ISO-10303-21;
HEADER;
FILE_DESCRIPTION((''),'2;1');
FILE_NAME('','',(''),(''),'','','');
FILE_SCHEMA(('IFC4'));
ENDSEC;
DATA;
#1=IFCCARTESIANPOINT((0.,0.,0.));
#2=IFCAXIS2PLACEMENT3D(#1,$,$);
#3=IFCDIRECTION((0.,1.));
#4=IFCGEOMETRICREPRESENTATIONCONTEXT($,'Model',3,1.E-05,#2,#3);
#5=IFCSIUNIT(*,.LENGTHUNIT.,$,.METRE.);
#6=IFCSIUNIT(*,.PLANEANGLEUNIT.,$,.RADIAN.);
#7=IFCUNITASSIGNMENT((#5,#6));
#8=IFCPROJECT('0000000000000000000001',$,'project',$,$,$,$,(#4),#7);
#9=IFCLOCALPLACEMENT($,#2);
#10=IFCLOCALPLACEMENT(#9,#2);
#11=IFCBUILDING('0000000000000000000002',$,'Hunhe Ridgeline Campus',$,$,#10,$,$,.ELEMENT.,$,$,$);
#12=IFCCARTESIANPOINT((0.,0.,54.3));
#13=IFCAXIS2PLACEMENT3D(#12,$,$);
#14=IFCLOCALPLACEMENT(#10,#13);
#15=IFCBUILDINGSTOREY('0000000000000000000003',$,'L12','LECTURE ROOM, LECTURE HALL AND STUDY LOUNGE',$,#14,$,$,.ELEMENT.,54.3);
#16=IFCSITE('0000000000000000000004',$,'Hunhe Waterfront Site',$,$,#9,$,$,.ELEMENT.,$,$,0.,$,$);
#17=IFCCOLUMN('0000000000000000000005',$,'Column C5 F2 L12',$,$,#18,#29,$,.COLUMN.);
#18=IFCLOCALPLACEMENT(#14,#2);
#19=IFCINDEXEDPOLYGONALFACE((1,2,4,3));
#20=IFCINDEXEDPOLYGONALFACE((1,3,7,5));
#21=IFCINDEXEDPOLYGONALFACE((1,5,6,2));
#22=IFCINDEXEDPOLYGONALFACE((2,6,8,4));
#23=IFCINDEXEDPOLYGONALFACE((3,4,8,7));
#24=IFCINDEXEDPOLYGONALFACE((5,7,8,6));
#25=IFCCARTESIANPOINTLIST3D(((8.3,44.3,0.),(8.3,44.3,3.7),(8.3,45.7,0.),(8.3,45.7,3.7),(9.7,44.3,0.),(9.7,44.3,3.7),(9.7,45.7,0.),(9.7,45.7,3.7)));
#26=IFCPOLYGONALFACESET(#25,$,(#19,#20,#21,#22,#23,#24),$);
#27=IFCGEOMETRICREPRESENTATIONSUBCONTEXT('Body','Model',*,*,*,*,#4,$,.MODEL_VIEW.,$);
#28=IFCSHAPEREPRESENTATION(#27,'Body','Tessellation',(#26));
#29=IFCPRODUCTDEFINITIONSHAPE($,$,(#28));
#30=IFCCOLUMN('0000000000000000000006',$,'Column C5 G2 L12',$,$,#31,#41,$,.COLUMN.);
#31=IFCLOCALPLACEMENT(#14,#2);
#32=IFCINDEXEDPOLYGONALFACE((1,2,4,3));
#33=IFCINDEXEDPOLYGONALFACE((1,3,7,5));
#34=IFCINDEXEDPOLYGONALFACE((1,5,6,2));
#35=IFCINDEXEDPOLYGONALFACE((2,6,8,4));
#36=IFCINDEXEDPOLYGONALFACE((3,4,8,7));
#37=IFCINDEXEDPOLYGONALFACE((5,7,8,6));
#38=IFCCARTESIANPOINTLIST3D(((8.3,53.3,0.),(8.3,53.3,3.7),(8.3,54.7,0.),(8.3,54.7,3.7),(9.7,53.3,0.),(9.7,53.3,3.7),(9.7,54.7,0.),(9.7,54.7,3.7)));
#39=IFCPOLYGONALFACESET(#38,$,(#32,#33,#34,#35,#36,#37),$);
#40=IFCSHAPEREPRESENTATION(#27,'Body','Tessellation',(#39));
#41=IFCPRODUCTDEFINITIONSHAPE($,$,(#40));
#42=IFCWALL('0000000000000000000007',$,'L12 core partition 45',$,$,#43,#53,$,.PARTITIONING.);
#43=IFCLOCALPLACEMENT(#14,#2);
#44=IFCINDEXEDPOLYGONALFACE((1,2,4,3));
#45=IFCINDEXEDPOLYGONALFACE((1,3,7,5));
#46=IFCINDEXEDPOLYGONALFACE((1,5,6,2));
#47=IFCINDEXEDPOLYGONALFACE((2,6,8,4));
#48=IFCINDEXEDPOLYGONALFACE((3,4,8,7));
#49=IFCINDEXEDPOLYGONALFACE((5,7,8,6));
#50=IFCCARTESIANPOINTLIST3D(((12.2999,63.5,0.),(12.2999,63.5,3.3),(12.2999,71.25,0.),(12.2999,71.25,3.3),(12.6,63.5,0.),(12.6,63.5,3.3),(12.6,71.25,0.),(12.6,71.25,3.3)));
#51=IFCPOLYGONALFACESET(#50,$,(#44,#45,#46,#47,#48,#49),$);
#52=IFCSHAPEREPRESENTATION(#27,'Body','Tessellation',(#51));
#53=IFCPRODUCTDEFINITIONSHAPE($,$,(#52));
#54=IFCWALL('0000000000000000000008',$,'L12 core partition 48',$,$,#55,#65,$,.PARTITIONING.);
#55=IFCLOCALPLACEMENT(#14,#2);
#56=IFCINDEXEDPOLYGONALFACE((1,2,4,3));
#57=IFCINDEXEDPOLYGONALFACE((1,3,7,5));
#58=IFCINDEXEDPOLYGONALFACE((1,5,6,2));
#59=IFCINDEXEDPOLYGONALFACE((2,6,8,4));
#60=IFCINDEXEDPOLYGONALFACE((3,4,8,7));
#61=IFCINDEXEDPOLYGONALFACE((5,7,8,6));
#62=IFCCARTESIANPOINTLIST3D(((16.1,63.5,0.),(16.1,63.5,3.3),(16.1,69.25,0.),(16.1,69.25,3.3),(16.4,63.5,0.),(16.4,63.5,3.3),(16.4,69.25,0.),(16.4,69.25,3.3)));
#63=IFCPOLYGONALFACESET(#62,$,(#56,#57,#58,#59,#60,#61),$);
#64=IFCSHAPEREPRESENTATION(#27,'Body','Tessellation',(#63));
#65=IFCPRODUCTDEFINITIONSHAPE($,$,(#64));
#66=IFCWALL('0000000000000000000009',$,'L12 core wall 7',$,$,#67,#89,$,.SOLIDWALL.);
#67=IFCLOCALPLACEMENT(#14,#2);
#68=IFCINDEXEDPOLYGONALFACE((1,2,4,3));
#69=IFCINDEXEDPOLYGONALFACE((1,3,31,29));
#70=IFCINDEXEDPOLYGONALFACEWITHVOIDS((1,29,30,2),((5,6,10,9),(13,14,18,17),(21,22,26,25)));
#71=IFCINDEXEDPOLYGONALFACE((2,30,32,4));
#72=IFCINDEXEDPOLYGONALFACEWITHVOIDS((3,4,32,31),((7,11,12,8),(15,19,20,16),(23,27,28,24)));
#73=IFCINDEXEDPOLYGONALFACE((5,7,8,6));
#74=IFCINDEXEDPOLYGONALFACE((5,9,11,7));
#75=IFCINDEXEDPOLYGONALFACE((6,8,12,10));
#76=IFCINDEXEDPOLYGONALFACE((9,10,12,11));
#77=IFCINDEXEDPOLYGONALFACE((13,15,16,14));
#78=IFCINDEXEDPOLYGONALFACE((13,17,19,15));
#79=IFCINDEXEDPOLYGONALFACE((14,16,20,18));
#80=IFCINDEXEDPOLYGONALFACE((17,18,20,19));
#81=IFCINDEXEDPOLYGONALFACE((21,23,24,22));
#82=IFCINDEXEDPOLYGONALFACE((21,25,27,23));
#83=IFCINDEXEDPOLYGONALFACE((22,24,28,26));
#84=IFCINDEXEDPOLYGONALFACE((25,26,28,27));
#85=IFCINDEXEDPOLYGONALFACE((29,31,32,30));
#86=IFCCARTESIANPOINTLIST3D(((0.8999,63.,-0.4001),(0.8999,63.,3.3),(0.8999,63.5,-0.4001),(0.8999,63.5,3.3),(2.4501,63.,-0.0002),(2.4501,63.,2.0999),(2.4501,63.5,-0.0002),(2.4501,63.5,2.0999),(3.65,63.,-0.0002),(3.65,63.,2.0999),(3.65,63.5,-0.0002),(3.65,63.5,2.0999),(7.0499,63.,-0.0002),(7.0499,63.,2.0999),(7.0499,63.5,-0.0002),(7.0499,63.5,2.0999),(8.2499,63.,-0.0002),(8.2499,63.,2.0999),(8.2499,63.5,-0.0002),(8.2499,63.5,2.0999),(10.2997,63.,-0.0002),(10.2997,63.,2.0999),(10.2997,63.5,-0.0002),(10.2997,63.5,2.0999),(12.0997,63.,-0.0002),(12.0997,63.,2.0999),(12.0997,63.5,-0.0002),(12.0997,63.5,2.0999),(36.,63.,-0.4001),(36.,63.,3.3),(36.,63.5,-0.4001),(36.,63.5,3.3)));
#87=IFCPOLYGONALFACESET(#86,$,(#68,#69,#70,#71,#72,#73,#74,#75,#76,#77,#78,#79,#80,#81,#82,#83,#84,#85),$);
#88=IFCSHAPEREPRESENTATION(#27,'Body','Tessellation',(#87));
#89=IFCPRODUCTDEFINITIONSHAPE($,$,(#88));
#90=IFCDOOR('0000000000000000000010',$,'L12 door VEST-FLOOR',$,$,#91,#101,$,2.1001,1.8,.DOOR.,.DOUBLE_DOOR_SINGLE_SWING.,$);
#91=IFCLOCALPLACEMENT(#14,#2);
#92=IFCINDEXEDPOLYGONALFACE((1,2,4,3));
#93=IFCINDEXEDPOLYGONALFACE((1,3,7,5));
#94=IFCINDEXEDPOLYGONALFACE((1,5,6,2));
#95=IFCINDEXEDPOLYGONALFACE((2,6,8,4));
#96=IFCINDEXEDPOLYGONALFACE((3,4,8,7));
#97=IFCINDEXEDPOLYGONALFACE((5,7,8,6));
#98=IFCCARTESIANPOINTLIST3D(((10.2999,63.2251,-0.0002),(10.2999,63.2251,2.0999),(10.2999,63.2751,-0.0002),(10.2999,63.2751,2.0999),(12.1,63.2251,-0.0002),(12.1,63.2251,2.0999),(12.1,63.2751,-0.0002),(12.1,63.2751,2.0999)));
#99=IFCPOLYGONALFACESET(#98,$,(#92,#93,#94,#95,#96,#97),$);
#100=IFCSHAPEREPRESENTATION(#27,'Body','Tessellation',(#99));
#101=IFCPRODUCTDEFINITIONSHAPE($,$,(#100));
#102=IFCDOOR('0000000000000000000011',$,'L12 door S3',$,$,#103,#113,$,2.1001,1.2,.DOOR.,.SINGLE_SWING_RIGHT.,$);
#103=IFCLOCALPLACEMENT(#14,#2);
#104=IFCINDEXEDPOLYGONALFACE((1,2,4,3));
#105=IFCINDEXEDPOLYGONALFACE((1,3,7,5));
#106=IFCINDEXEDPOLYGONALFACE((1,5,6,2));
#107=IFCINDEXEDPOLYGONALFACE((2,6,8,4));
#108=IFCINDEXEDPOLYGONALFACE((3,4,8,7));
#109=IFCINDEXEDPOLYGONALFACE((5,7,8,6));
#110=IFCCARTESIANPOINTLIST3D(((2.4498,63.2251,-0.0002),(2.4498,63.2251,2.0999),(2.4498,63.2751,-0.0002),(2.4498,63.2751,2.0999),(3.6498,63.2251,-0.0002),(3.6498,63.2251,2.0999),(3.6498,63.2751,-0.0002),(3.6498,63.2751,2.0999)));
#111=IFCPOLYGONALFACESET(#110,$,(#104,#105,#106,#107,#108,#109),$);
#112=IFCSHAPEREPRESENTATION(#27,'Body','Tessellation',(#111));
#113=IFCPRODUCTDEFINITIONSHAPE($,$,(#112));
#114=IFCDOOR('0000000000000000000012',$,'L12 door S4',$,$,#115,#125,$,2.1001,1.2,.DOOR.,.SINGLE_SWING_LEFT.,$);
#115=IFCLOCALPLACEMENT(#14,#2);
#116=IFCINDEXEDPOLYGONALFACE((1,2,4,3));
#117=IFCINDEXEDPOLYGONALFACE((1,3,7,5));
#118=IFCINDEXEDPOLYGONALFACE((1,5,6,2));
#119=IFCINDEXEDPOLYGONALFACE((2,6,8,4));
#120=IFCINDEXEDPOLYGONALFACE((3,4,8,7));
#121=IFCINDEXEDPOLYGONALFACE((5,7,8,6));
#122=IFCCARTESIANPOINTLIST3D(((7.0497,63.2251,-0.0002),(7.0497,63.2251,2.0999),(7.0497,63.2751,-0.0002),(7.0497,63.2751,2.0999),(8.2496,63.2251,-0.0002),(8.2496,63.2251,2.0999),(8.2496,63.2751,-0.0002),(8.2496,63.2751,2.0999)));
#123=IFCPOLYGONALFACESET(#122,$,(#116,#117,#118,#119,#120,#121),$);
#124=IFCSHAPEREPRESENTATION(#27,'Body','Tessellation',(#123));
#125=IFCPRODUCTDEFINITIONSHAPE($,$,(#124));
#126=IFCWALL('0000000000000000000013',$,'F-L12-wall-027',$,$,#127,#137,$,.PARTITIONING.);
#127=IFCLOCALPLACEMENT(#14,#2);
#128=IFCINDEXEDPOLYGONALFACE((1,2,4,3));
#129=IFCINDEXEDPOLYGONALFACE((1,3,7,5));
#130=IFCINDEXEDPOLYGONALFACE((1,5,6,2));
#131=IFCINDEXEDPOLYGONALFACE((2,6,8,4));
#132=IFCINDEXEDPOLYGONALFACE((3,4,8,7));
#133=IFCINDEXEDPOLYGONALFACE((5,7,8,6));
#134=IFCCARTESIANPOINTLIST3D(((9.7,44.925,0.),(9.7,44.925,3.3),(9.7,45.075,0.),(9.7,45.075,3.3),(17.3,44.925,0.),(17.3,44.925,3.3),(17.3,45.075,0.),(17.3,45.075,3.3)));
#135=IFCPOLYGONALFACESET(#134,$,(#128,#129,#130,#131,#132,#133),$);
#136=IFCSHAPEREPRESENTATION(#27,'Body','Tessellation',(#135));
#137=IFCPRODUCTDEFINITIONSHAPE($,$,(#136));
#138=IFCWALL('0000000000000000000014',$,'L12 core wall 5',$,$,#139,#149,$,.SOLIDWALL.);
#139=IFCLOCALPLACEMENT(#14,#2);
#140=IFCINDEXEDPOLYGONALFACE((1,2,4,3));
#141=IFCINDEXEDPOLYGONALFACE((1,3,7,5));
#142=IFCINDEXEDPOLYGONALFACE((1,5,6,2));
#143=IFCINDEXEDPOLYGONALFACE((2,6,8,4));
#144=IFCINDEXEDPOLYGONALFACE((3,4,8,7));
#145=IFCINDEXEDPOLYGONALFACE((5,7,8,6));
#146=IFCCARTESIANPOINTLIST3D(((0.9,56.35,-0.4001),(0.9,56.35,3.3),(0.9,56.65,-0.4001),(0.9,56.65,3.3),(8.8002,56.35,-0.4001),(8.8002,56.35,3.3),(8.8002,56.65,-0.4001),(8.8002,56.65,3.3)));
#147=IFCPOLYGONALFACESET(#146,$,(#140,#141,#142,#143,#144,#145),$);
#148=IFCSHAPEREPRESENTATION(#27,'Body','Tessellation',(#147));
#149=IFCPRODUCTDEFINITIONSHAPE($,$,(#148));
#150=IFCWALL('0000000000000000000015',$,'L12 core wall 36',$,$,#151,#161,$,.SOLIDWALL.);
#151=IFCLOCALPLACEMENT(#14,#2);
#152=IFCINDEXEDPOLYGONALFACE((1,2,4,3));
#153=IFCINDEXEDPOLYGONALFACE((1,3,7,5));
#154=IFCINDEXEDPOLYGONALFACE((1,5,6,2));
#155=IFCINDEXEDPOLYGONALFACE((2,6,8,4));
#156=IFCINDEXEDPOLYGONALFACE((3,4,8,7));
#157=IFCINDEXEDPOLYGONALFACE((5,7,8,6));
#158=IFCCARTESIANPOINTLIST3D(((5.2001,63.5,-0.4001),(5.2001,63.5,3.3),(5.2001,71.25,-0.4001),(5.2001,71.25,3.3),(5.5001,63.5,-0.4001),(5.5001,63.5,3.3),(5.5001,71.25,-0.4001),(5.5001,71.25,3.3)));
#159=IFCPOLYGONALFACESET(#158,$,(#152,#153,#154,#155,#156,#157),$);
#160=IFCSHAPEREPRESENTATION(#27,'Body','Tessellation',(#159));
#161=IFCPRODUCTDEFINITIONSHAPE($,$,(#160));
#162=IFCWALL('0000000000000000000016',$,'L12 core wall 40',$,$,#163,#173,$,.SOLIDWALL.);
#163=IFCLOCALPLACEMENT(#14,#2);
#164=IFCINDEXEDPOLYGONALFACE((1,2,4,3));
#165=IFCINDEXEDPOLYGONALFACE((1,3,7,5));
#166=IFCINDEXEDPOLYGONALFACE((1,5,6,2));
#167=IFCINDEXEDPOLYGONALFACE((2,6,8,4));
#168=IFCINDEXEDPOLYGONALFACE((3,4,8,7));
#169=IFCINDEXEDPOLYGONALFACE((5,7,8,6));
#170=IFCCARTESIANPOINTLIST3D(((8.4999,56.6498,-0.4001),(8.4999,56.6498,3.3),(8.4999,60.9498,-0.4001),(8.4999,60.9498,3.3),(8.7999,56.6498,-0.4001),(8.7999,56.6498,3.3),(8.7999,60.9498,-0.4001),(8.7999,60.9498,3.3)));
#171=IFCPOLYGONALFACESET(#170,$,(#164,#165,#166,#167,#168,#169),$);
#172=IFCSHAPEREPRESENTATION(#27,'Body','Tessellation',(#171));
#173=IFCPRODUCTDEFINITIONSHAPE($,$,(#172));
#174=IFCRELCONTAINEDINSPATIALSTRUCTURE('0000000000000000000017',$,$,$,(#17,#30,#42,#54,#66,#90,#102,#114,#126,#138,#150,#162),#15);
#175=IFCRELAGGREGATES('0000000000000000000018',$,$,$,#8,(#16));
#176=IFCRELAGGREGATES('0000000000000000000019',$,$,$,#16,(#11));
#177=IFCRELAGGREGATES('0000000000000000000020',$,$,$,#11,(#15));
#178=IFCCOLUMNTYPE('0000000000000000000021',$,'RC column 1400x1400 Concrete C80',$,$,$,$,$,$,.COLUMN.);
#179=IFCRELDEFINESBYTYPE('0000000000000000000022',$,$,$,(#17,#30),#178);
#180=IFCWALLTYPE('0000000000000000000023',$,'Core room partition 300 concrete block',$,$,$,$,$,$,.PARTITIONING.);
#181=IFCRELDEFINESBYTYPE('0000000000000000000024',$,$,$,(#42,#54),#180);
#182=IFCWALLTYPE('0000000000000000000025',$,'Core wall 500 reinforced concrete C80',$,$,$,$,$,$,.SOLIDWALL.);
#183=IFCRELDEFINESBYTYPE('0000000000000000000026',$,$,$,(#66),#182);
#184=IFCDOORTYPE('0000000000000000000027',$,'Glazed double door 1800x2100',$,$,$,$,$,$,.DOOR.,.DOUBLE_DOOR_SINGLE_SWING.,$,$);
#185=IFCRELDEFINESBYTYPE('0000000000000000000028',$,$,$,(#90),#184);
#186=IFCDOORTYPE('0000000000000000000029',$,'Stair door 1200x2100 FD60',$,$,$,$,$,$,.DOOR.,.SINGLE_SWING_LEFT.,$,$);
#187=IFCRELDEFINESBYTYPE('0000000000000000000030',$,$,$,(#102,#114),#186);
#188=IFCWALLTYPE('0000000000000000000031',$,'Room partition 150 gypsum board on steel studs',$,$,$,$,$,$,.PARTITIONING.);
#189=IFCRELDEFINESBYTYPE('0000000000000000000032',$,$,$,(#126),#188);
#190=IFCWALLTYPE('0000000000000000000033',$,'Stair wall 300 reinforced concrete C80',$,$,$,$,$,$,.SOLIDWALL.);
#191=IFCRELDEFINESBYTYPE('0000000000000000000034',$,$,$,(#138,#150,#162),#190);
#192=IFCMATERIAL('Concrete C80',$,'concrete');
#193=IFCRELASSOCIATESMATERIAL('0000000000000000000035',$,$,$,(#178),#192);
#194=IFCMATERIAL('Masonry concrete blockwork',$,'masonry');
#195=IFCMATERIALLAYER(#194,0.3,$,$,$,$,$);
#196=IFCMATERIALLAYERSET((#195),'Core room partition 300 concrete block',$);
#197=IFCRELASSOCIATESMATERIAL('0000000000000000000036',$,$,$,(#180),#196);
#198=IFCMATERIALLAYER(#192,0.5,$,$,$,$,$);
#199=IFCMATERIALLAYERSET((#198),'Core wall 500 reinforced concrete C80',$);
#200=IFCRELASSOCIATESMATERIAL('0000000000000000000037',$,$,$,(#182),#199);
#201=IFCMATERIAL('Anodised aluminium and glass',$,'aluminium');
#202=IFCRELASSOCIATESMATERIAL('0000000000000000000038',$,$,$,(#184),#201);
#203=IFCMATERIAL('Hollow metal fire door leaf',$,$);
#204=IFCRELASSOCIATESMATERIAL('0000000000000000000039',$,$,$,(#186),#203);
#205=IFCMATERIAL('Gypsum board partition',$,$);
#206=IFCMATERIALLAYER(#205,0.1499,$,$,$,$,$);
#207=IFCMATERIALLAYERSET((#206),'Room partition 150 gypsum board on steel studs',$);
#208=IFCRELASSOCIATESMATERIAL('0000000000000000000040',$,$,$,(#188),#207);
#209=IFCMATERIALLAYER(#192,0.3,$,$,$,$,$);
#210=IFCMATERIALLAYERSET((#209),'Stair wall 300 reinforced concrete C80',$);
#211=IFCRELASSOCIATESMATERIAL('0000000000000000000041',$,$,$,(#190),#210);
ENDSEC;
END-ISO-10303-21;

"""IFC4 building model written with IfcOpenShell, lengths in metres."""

from ifc_helpers import new_model, si_unit, direction, frame, frame_2d, origin, origin_2d, place, context, subcontext, project, spatial, rectangle, extrude, material, layer, layer_set, material_profile, profile_set, type_object, element, fill, save


model = new_model("IFC4")

# Units and contexts
model_context = context("Model", 3, precision=1e-05, world=origin(), true_north=direction((0.0, 1.0)))
body_context = subcontext(model_context, "Body", "Model", "MODEL_VIEW")
ifc_project = project(units=[si_unit("LENGTHUNIT", "METRE"), si_unit("PLANEANGLEUNIT", "RADIAN")], contexts=[model_context])

# Site, building, storey
site_placement = place(None, origin())
site = spatial("IfcSite", under=ifc_project, at=site_placement, Name="Hunhe Waterfront Site", CompositionType="ELEMENT", RefElevation=0.0)
building_placement = place(site_placement, origin())
building = spatial("IfcBuilding", under=site, at=building_placement, Name="Hunhe Ridgeline Campus", CompositionType="ELEMENT")
storey_placement = place(building_placement, frame((0.0, 0.0, 54.3)))
storey = spatial("IfcBuildingStorey", under=building, at=storey_placement, Name="L12", Description="LECTURE ROOM, LECTURE HALL AND STUDY LOUNGE", CompositionType="ELEMENT", Elevation=54.3)

# Columns
ifc_material_1 = material(Name="Concrete C80", Category="concrete")
ifc_material_profile = material_profile(ifc_material_1, rectangle(XDim=1.3999, YDim=1.3999, at=origin_2d()))
ifc_profile_set = profile_set([ifc_material_profile], Name="Concrete C80")
column_type = type_object("IfcColumnType", Name="RC column 1400x1400 Concrete C80", PredefinedType="COLUMN", material=ifc_profile_set)
for number, where, z_axis, x_axis, name in (
    (1, (9.0, 45.0, 0.0), (0.0, 0.0, 1.0), (1.0, 0.0, 0.0), "Column C5 F2 L12"),
    (2, (9.0, 54.0, 0.0), (0.0, 0.0, 1.0), (1.0, 0.0, 0.0), "Column C5 G2 L12"),
):
    element("IfcColumn", number, at=place(storey_placement, frame(where, z_axis=z_axis, x_axis=x_axis)), inside=storey, type_object=column_type, Name=name, PredefinedType="COLUMN", context=body_context, shape_type="SweptSolid", body=[
        extrude(rectangle(XDim=1.3999, YDim=1.3999, at=origin_2d()), origin(), (0.0, 0.0, 1.0), 3.7),
    ])

# Walls
ifc_material_2 = material(Name="Masonry concrete blockwork", Category="masonry")
ifc_layer_1 = layer(ifc_material_2, 0.3)
ifc_layer_set_1 = layer_set([ifc_layer_1], Name="Core room partition 300 concrete block")
wall_type_1 = type_object("IfcWallType", Name="Core room partition 300 concrete block", PredefinedType="PARTITIONING", material=ifc_layer_set_1)
wall_1_placement = place(storey_placement, frame((12.45, 63.5, 0.0), z_axis=(0.0, 0.0, 1.0), x_axis=(0.0, 1.0, 0.0)))
element("IfcWall", 3, at=wall_1_placement, inside=storey, type_object=wall_type_1, Name="L12 core partition 45", PredefinedType="PARTITIONING", context=body_context, shape_type="SweptSolid", body=[
    extrude(rectangle(XDim=7.75, YDim=0.3, at=frame_2d((3.875, 0.0))), origin(), (0.0, 0.0, 1.0), 3.3),
])
wall_2_placement = place(storey_placement, frame((16.25, 63.5, 0.0), z_axis=(0.0, 0.0, 1.0), x_axis=(0.0, 1.0, 0.0)))
element("IfcWall", 4, at=wall_2_placement, inside=storey, type_object=wall_type_1, Name="L12 core partition 48", PredefinedType="PARTITIONING", context=body_context, shape_type="SweptSolid", body=[
    extrude(rectangle(XDim=5.75, YDim=0.3, at=frame_2d((2.875, 0.0))), origin(), (0.0, 0.0, 1.0), 3.3),
])

# Wall, openings, doors
ifc_layer_2 = layer(ifc_material_1, 0.5)
ifc_layer_set_2 = layer_set([ifc_layer_2], Name="Core wall 500 reinforced concrete C80")
wall_type_2 = type_object("IfcWallType", Name="Core wall 500 reinforced concrete C80", PredefinedType="SOLIDWALL", material=ifc_layer_set_2)
wall_3_placement = place(storey_placement, frame((0.8999, 63.25, -0.4001), z_axis=(0.0, 0.0, 1.0), x_axis=(1.0, 0.0, 0.0)))
wall_3 = element("IfcWall", 5, at=wall_3_placement, inside=storey, type_object=wall_type_2, Name="L12 core wall 7", PredefinedType="SOLIDWALL", context=body_context, shape_type="SweptSolid", body=[
    extrude(rectangle(XDim=35.1001, YDim=0.5, at=frame_2d((17.55, 0.0))), origin(), (0.0, 0.0, 1.0), 3.7002),
])
opening_1_placement = place(wall_3_placement, frame((9.3999, 0.0, 0.3999)))
opening_1 = element("IfcOpeningElement", 6, at=opening_1_placement, cuts=wall_3, PredefinedType="OPENING", context=body_context, shape_type="SweptSolid", body=[
    extrude(rectangle(XDim=1.8, YDim=2.1001, at=frame_2d((0.8999, 1.05))), frame((0.0, 0.25, 0.0), z_axis=(0.0, -1.0, 0.0), x_axis=(1.0, 0.0, 0.0)), (0.0, 0.0, 1.0), 0.5),
])
opening_2_placement = place(wall_3_placement, frame((1.55, 0.0, 0.3999)))
opening_2 = element("IfcOpeningElement", 7, at=opening_2_placement, cuts=wall_3, PredefinedType="OPENING", context=body_context, shape_type="SweptSolid", body=[
    extrude(rectangle(XDim=1.2, YDim=2.1001, at=frame_2d((0.6001, 1.05))), frame((0.0, 0.25, 0.0), z_axis=(0.0, -1.0, 0.0), x_axis=(1.0, 0.0, 0.0)), (0.0, 0.0, 1.0), 0.5),
])
opening_3_placement = place(wall_3_placement, frame((6.1499, 0.0, 0.3999)))
opening_3 = element("IfcOpeningElement", 8, at=opening_3_placement, cuts=wall_3, PredefinedType="OPENING", context=body_context, shape_type="SweptSolid", body=[
    extrude(rectangle(XDim=1.2, YDim=2.1001, at=frame_2d((0.6001, 1.05))), frame((0.0, 0.25, 0.0), z_axis=(0.0, -1.0, 0.0), x_axis=(1.0, 0.0, 0.0)), (0.0, 0.0, 1.0), 0.5),
])
ifc_material_3 = material(Name="Anodised aluminium and glass", Category="aluminium")
door_type_1 = type_object("IfcDoorType", Name="Glazed double door 1800x2100", OperationType="DOUBLE_DOOR_SINGLE_SWING", PredefinedType="DOOR", material=ifc_material_3)
door_1_placement = place(opening_1_placement, frame((1.8, 0.0, 0.0), z_axis=(0.0, 0.0, 1.0), x_axis=(-1.0, 0.0, 0.0)))
door_1 = element("IfcDoor", 9, at=door_1_placement, inside=storey, type_object=door_type_1, Name="L12 door VEST-FLOOR", OperationType="DOUBLE_DOOR_SINGLE_SWING", OverallHeight=2.1001, OverallWidth=1.8, PredefinedType="DOOR", context=body_context, shape_type="SweptSolid", body=[
    extrude(rectangle(XDim=1.8, YDim=2.1001, at=frame_2d((0.8999, 1.05))), frame((0.0, 0.0249, 0.0), z_axis=(0.0, -1.0, 0.0), x_axis=(1.0, 0.0, 0.0)), (0.0, 0.0, 1.0), 0.05),
])
fill(opening_1, door_1)
ifc_material_4 = material(Name="Hollow metal fire door leaf")
door_type_2 = type_object("IfcDoorType", Name="Stair door 1200x2100 FD60", OperationType="SINGLE_SWING_LEFT", PredefinedType="DOOR", material=ifc_material_4)
door_2_placement = place(opening_2_placement, frame((1.2, 0.0, 0.0), z_axis=(0.0, 0.0, 1.0), x_axis=(-1.0, 0.0, 0.0)))
door_2 = element("IfcDoor", 10, at=door_2_placement, inside=storey, type_object=door_type_2, Name="L12 door S3", OperationType="SINGLE_SWING_RIGHT", OverallHeight=2.1001, OverallWidth=1.2, PredefinedType="DOOR", context=body_context, shape_type="SweptSolid", body=[
    extrude(rectangle(XDim=1.2, YDim=2.1001, at=frame_2d((0.6001, 1.05))), frame((0.0, 0.0249, 0.0), z_axis=(0.0, -1.0, 0.0), x_axis=(1.0, 0.0, 0.0)), (0.0, 0.0, 1.0), 0.05),
])
fill(opening_2, door_2)
door_3_placement = place(opening_3_placement, frame((1.2, 0.0, 0.0), z_axis=(0.0, 0.0, 1.0), x_axis=(-1.0, 0.0, 0.0)))
door_3 = element("IfcDoor", 11, at=door_3_placement, inside=storey, type_object=door_type_2, Name="L12 door S4", OperationType="SINGLE_SWING_LEFT", OverallHeight=2.1001, OverallWidth=1.2, PredefinedType="DOOR", context=body_context, shape_type="SweptSolid", body=[
    extrude(rectangle(XDim=1.2, YDim=2.1001, at=frame_2d((0.6001, 1.05))), frame((0.0, 0.0249, 0.0), z_axis=(0.0, -1.0, 0.0), x_axis=(1.0, 0.0, 0.0)), (0.0, 0.0, 1.0), 0.05),
])
fill(opening_3, door_3)

# Walls
ifc_material_5 = material(Name="Gypsum board partition")
ifc_layer_3 = layer(ifc_material_5, 0.1499)
ifc_layer_set_3 = layer_set([ifc_layer_3], Name="Room partition 150 gypsum board on steel studs")
wall_type_3 = type_object("IfcWallType", Name="Room partition 150 gypsum board on steel studs", PredefinedType="PARTITIONING", material=ifc_layer_set_3)
wall_4_placement = place(storey_placement, frame((9.7, 45.0, 0.0), z_axis=(0.0, 0.0, 1.0), x_axis=(1.0, 0.0, 0.0)))
element("IfcWall", 12, at=wall_4_placement, inside=storey, type_object=wall_type_3, Name="F-L12-wall-027", PredefinedType="PARTITIONING", context=body_context, shape_type="SweptSolid", body=[
    extrude(rectangle(XDim=7.6001, YDim=0.1499, at=frame_2d((3.8, 0.0))), origin(), (0.0, 0.0, 1.0), 3.3),
])
ifc_layer_4 = layer(ifc_material_1, 0.3)
ifc_layer_set_4 = layer_set([ifc_layer_4], Name="Stair wall 300 reinforced concrete C80")
wall_type_4 = type_object("IfcWallType", Name="Stair wall 300 reinforced concrete C80", PredefinedType="SOLIDWALL", material=ifc_layer_set_4)
wall_5_placement = place(storey_placement, frame((0.8999, 56.5, -0.4001), z_axis=(0.0, 0.0, 1.0), x_axis=(1.0, 0.0, 0.0)))
element("IfcWall", 13, at=wall_5_placement, inside=storey, type_object=wall_type_4, Name="L12 core wall 5", PredefinedType="SOLIDWALL", context=body_context, shape_type="SweptSolid", body=[
    extrude(rectangle(XDim=7.9001, YDim=0.3, at=frame_2d((3.9502, 0.0))), origin(), (0.0, 0.0, 1.0), 3.7002),
])

# Walls
wall_6_placement = place(storey_placement, frame((5.3501, 63.5, -0.4001), z_axis=(0.0, 0.0, 1.0), x_axis=(0.0, 1.0, 0.0)))
element("IfcWall", 14, at=wall_6_placement, inside=storey, type_object=wall_type_4, Name="L12 core wall 36", PredefinedType="SOLIDWALL", context=body_context, shape_type="SweptSolid", body=[
    extrude(rectangle(XDim=7.75, YDim=0.3, at=frame_2d((3.875, 0.0))), origin(), (0.0, 0.0, 1.0), 3.7002),
])
wall_7_placement = place(storey_placement, frame((8.6499, 56.6499, -0.4001), z_axis=(0.0, 0.0, 1.0), x_axis=(0.0, 1.0, 0.0)))
element("IfcWall", 15, at=wall_7_placement, inside=storey, type_object=wall_type_4, Name="L12 core wall 40", PredefinedType="SOLIDWALL", context=body_context, shape_type="SweptSolid", body=[
    extrude(rectangle(XDim=4.3, YDim=0.3, at=frame_2d((2.1499, 0.0))), origin(), (0.0, 0.0, 1.0), 3.7002),
])

save(model, "model.ifc")
